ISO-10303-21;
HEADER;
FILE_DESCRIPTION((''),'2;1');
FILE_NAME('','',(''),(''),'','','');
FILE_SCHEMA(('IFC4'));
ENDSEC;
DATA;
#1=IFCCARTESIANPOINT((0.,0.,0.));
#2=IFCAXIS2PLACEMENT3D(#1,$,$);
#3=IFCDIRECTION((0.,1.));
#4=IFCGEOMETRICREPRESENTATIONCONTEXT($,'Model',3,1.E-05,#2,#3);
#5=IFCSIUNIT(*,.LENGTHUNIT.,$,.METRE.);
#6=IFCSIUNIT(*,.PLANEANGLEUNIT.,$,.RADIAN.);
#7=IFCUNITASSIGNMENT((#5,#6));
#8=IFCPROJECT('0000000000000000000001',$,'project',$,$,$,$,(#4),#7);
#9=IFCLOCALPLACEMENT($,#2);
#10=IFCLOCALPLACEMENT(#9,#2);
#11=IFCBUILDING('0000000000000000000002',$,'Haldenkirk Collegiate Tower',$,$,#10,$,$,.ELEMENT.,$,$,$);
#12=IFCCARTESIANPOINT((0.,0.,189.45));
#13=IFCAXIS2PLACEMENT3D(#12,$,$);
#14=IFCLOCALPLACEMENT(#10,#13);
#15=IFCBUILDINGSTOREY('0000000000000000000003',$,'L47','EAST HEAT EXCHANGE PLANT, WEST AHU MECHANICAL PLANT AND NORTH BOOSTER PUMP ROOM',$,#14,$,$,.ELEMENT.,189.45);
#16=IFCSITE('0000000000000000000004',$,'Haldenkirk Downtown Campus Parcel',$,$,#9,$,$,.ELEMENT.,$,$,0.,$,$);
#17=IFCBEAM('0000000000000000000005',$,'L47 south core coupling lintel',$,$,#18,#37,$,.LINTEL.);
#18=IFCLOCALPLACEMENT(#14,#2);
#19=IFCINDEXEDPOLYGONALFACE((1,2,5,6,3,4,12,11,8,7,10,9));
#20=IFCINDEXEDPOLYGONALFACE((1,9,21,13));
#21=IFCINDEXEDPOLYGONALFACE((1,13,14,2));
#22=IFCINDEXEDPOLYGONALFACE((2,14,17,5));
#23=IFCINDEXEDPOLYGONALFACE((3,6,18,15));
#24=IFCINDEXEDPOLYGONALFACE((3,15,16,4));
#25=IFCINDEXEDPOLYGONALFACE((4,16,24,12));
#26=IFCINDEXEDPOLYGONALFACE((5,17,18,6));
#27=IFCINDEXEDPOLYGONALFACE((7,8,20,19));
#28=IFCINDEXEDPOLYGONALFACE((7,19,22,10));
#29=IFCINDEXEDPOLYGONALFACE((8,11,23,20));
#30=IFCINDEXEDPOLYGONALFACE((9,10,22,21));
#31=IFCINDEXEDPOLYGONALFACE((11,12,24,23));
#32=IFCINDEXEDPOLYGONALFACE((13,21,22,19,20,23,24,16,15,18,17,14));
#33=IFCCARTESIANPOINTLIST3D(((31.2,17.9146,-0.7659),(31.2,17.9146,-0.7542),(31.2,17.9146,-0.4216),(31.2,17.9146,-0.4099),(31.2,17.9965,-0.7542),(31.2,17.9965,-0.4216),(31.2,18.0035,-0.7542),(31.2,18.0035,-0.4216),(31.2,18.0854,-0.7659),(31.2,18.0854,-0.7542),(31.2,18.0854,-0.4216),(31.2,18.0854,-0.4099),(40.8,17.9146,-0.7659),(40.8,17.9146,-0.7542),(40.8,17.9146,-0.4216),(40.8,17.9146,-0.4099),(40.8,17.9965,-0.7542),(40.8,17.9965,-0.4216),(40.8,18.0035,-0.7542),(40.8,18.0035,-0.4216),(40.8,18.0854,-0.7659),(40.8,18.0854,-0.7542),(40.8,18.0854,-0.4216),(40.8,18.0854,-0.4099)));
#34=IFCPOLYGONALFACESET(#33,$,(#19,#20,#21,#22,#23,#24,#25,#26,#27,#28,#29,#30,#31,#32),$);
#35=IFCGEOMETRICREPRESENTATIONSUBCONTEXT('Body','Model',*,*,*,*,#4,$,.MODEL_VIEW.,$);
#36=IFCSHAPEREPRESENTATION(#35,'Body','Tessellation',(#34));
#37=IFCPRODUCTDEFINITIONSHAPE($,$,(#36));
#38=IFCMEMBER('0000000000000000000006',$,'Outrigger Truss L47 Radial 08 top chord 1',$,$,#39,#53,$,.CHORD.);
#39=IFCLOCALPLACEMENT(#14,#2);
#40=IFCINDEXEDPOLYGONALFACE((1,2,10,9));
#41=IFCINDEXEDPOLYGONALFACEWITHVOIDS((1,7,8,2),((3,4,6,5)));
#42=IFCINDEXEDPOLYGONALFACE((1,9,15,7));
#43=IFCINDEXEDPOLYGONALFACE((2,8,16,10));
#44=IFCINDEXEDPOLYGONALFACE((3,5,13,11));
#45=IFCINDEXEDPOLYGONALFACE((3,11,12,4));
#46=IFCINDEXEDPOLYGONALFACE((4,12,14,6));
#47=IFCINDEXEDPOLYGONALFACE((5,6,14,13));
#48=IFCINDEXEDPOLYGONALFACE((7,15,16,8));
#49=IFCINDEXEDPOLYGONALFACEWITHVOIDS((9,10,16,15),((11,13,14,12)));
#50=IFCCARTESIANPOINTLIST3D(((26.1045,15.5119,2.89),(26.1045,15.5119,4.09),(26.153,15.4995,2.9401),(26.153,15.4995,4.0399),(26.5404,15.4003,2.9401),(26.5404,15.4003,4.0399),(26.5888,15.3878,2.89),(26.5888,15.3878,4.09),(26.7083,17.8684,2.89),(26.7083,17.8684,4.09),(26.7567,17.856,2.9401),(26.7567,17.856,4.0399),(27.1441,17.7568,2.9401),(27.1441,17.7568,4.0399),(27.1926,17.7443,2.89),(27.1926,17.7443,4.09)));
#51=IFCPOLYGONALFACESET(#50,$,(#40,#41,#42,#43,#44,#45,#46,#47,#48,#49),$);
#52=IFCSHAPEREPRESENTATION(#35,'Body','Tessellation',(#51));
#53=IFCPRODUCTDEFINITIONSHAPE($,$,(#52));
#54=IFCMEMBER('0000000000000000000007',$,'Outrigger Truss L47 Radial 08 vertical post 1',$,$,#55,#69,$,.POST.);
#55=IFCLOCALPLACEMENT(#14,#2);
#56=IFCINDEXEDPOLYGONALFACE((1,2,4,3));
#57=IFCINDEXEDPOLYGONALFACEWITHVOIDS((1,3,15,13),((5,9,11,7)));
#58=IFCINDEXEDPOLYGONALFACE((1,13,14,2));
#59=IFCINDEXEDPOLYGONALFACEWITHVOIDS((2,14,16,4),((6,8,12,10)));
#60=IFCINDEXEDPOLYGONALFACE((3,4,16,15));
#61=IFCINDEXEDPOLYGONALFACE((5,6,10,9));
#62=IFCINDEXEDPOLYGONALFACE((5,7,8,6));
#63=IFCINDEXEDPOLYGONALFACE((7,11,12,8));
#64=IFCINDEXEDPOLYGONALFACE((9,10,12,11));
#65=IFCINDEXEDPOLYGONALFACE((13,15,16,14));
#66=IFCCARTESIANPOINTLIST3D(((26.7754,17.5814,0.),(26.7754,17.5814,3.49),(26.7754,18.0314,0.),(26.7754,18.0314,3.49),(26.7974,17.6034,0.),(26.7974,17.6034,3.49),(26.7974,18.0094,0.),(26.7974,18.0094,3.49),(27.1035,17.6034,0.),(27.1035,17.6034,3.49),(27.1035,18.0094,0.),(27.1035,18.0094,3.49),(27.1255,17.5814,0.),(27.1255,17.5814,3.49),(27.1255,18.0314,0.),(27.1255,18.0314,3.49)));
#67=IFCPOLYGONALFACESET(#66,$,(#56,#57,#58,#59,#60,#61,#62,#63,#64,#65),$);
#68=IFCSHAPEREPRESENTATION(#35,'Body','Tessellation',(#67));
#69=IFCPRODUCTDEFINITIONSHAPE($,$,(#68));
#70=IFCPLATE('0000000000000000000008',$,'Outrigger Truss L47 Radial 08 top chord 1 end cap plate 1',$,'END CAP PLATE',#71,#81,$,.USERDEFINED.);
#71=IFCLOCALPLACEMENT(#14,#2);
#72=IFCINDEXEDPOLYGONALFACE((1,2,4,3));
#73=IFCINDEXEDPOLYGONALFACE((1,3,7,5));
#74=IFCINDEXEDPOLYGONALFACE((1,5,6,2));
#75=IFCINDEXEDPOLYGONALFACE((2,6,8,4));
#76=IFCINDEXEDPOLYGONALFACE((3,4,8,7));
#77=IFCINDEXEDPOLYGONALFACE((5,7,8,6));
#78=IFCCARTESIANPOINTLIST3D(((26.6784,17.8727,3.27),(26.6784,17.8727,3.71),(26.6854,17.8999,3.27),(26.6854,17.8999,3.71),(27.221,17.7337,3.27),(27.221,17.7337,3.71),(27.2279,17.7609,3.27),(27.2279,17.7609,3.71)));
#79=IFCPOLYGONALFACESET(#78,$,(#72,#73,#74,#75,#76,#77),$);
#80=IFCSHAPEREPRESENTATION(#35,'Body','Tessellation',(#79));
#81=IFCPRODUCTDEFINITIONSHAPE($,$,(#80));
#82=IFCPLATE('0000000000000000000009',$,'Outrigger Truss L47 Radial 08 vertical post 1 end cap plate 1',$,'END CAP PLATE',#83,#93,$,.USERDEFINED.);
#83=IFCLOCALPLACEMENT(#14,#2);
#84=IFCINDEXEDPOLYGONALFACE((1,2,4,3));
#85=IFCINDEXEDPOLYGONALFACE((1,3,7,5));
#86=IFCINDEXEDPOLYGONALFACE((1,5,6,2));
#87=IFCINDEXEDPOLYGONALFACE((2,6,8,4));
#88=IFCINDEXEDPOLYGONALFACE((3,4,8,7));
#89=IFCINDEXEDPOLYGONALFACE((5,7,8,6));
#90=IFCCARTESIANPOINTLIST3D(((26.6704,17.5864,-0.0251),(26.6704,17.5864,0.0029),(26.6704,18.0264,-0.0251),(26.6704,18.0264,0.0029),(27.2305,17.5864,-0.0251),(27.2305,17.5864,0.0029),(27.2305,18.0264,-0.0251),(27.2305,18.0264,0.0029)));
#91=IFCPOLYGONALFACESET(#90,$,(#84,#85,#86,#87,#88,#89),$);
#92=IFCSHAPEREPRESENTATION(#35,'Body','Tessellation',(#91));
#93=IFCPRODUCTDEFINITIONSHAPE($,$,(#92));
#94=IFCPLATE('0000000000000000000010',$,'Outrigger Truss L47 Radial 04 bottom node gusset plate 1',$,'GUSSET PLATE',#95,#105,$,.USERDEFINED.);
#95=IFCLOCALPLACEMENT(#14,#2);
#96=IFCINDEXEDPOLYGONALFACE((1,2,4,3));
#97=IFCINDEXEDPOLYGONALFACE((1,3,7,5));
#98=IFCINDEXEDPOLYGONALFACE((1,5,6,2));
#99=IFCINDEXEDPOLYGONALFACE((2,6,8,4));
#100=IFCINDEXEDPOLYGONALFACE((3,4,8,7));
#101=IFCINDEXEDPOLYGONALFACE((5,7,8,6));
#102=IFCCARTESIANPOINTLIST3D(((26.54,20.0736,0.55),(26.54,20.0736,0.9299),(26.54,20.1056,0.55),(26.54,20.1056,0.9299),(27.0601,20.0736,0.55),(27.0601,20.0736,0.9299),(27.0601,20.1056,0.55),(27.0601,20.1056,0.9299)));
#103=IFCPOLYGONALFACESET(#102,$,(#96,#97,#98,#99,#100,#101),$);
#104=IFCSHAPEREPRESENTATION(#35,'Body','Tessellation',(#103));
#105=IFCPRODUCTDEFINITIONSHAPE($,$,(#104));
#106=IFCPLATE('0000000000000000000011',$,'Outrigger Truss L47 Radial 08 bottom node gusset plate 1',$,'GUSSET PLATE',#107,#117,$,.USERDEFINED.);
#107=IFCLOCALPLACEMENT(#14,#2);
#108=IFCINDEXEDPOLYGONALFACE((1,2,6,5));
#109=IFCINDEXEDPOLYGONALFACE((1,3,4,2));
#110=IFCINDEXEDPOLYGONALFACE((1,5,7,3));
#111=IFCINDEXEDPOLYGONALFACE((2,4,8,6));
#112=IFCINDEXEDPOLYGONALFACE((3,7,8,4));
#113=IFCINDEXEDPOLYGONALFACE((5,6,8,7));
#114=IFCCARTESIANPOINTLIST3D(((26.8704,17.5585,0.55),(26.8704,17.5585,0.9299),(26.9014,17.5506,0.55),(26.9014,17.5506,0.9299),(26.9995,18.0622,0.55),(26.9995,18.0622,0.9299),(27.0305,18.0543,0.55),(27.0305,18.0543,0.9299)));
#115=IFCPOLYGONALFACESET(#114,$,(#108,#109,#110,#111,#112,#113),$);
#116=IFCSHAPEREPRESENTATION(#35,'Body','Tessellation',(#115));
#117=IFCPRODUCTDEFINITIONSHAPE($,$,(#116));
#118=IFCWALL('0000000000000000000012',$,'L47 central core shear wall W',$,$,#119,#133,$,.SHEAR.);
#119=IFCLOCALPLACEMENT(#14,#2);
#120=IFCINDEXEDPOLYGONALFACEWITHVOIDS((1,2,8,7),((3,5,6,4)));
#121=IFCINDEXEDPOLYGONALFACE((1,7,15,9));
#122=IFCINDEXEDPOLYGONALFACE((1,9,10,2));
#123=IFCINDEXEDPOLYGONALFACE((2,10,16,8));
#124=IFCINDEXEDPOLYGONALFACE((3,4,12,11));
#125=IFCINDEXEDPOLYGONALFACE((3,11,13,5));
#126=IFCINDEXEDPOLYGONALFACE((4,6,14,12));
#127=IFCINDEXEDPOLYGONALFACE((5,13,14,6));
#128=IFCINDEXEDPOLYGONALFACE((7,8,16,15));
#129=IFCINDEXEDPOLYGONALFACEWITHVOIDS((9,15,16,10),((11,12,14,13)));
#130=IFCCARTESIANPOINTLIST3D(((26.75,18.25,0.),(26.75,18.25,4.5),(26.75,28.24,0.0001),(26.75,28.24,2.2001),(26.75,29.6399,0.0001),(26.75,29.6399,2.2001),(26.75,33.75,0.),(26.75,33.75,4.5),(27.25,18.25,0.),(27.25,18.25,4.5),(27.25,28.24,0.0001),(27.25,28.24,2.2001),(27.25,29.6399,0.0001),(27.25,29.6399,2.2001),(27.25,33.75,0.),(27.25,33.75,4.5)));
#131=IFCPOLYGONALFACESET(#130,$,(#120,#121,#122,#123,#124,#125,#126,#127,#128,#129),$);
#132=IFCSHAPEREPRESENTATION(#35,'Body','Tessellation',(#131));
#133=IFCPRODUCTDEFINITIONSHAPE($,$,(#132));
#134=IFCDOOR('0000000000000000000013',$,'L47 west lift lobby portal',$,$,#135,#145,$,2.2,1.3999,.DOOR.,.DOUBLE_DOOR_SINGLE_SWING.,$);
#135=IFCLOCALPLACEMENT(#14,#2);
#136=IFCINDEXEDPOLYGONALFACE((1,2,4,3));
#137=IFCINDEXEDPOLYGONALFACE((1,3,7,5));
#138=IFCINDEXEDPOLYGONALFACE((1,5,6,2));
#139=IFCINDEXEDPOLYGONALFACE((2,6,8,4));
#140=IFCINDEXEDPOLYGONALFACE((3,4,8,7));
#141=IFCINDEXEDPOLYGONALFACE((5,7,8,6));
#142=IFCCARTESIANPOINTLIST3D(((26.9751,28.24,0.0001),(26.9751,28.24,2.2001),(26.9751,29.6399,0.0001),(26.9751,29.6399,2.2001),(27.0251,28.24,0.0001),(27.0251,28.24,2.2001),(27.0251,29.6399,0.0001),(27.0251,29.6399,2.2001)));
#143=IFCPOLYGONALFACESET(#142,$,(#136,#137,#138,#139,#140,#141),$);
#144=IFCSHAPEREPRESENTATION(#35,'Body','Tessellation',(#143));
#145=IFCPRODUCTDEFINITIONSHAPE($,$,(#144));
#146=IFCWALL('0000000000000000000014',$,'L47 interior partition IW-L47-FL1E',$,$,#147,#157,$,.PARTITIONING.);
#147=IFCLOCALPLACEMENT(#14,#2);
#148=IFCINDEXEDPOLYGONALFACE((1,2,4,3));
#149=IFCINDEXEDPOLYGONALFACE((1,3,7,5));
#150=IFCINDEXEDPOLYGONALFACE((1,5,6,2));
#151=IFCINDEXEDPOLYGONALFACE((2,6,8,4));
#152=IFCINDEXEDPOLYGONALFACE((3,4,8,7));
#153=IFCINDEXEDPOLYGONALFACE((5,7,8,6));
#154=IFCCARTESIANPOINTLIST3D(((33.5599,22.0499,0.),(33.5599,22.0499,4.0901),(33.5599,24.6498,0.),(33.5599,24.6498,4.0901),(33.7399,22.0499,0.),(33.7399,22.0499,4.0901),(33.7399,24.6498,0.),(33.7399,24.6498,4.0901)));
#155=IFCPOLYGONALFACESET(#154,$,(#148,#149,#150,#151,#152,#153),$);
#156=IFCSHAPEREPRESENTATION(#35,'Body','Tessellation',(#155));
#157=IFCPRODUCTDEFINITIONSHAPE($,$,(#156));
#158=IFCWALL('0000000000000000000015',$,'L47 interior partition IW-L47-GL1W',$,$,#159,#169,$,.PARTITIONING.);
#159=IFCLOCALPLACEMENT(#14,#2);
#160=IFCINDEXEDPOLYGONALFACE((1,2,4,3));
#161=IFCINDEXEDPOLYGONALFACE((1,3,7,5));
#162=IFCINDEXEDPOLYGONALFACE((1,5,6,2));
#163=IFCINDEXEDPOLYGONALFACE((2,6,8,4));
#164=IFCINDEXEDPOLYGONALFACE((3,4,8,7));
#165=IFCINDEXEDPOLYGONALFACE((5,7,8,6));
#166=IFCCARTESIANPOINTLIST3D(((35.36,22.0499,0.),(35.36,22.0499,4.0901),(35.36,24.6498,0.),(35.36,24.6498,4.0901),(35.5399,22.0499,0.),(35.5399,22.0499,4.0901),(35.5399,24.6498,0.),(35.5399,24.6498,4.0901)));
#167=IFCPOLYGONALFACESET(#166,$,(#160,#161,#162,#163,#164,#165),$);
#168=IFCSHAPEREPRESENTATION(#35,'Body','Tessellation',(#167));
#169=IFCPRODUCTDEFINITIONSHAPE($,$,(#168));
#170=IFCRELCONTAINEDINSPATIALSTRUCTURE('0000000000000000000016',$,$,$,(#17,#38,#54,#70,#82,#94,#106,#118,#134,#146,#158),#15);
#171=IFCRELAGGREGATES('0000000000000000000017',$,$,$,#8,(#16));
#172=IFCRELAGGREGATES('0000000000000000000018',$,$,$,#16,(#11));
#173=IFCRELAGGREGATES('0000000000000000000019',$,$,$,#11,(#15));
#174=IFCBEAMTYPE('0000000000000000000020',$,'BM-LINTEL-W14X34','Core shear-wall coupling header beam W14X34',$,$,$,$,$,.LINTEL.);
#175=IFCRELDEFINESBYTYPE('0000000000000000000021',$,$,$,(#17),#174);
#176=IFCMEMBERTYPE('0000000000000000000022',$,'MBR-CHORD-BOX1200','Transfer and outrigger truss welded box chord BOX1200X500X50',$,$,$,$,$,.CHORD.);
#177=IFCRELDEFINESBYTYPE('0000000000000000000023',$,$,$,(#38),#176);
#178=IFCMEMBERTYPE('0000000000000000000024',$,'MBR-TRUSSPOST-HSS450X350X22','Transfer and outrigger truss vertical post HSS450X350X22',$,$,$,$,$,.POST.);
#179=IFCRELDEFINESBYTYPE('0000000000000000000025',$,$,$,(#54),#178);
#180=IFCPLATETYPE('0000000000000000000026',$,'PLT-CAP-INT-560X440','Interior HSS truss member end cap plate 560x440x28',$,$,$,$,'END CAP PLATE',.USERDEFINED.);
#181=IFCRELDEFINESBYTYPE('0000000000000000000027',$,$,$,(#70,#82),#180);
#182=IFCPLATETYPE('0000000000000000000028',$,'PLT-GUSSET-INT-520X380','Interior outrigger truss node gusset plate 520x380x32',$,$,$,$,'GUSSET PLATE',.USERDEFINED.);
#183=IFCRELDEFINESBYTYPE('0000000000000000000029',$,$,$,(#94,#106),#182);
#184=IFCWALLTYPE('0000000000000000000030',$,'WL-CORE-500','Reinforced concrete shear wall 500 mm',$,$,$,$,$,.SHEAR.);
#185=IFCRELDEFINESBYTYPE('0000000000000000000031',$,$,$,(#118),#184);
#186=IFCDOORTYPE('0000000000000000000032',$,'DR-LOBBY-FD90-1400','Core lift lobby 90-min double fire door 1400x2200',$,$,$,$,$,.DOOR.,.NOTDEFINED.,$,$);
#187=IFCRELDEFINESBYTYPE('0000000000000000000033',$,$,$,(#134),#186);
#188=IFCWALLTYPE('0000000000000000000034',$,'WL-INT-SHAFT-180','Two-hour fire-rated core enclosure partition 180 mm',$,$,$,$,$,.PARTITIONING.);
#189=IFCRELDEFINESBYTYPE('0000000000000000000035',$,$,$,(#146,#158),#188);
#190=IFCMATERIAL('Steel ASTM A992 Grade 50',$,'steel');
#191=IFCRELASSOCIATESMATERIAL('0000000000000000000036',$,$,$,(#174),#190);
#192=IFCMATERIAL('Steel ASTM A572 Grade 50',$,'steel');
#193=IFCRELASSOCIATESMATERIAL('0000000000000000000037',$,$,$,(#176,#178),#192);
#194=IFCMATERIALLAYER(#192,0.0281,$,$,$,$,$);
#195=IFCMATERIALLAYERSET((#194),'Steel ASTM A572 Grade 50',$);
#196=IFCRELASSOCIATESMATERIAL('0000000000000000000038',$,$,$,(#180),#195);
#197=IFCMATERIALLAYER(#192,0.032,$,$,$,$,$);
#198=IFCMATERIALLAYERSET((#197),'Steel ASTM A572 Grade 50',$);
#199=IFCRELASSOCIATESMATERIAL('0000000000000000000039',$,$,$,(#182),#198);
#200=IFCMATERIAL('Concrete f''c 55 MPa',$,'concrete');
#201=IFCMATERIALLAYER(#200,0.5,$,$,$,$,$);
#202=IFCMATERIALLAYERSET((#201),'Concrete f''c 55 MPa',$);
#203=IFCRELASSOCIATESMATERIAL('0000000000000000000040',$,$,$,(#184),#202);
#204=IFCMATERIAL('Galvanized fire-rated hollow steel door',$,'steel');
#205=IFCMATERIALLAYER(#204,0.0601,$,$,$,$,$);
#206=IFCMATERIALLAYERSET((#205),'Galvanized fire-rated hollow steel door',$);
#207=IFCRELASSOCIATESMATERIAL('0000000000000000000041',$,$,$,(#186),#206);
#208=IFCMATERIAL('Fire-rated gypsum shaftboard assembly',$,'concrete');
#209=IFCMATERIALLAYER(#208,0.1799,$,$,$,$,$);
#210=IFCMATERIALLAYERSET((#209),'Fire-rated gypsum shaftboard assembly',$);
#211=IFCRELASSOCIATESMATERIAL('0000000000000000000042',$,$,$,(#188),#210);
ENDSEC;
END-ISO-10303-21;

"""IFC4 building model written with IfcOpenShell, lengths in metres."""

from ifc_helpers import new_model, si_unit, direction, frame, frame_2d, origin, origin_2d, place, context, subcontext, project, spatial, rectangle, hollow_rectangle, i_section, extrude, source, transform, mapped, material, layer, layer_set, material_profile, profile_set, type_object, element, fill, save


model = new_model("IFC4")

# Units and contexts
model_context = context("Model", 3, precision=1e-05, world=origin(), true_north=direction((0.0, 1.0)))
body_context = subcontext(model_context, "Body", "Model", "MODEL_VIEW")
ifc_project = project(units=[si_unit("LENGTHUNIT", "METRE"), si_unit("PLANEANGLEUNIT", "RADIAN")], contexts=[model_context])

# Site, building, storey
site_placement = place(None, origin())
site = spatial("IfcSite", under=ifc_project, at=site_placement, Name="Haldenkirk Downtown Campus Parcel", CompositionType="ELEMENT", RefElevation=0.0)
building_placement = place(site_placement, origin())
building = spatial("IfcBuilding", under=site, at=building_placement, Name="Haldenkirk Collegiate Tower", CompositionType="ELEMENT")
storey_placement = place(building_placement, frame((0.0, 0.0, 189.45)))
storey = spatial("IfcBuildingStorey", under=building, at=storey_placement, Name="L47", Description="EAST HEAT EXCHANGE PLANT, WEST AHU MECHANICAL PLANT AND NORTH BOOSTER PUMP ROOM", CompositionType="ELEMENT", Elevation=189.45)

# Beam
ifc_material_1 = material(Name="Steel ASTM A992 Grade 50", Category="steel")
ifc_material_profile_1 = material_profile(ifc_material_1, i_section(OverallWidth=0.1709, OverallDepth=0.356, WebThickness=0.0071, FlangeThickness=0.0117, at=origin_2d()), Name="W14X34")
ifc_profile_set_1 = profile_set([ifc_material_profile_1], Name="Steel ASTM A992 Grade 50")
beam_type = type_object("IfcBeamType", Name="BM-LINTEL-W14X34", Description="Core shear-wall coupling header beam W14X34", PredefinedType="LINTEL", material=ifc_profile_set_1)
beam_placement = place(storey_placement, frame((31.2, 18.0, -0.5879), z_axis=(1.0, 0.0, 0.0), x_axis=(0.0, 1.0, 0.0)))
element("IfcBeam", 1, at=beam_placement, inside=storey, type_object=beam_type, Name="L47 south core coupling lintel", PredefinedType="LINTEL", context=body_context, shape_type="SweptSolid", body=[
    extrude(i_section(OverallWidth=0.1709, OverallDepth=0.356, WebThickness=0.0071, FlangeThickness=0.0117, at=origin_2d()), origin(), (0.0, 0.0, 1.0), 9.6001),
])

# Members
ifc_material_2 = material(Name="Steel ASTM A572 Grade 50", Category="steel")
ifc_material_profile_2 = material_profile(ifc_material_2, hollow_rectangle(XDim=0.5, YDim=1.2, WallThickness=0.05, at=origin_2d()), Name="BOX1200X500X50")
ifc_profile_set_2 = profile_set([ifc_material_profile_2], Name="Steel ASTM A572 Grade 50")
member_type_1 = type_object("IfcMemberType", Name="MBR-CHORD-BOX1200", Description="Transfer and outrigger truss welded box chord BOX1200X500X50", PredefinedType="CHORD", material=ifc_profile_set_2)
member_1_placement = place(storey_placement, frame((26.9504, 17.8064, 3.49), z_axis=(-0.248199, -0.968709, 0.0), x_axis=(0.968709, -0.248199, 0.0)))
element("IfcMember", 2, at=member_1_placement, inside=storey, type_object=member_type_1, Name="Outrigger Truss L47 Radial 08 top chord 1", PredefinedType="CHORD", context=body_context, shape_type="SweptSolid", body=[
    extrude(hollow_rectangle(XDim=0.5, YDim=1.2, WallThickness=0.05, at=origin_2d()), origin(), (0.0, 0.0, 1.0), 2.4326),
])
ifc_material_profile_3 = material_profile(ifc_material_2, hollow_rectangle(XDim=0.3501, YDim=0.45, WallThickness=0.022, at=origin_2d()), Name="HSS450X350X22")
ifc_profile_set_3 = profile_set([ifc_material_profile_3], Name="Steel ASTM A572 Grade 50")
member_type_2 = type_object("IfcMemberType", Name="MBR-TRUSSPOST-HSS450X350X22", Description="Transfer and outrigger truss vertical post HSS450X350X22", PredefinedType="POST", material=ifc_profile_set_3)
member_2_placement = place(storey_placement, frame((26.9504, 17.8064, 0.0), z_axis=(0.0, 0.0, 1.0), x_axis=(1.0, 0.0, 0.0)))
element("IfcMember", 3, at=member_2_placement, inside=storey, type_object=member_type_2, Name="Outrigger Truss L47 Radial 08 vertical post 1", PredefinedType="POST", context=body_context, shape_type="SweptSolid", body=[
    extrude(hollow_rectangle(XDim=0.3501, YDim=0.45, WallThickness=0.022, at=origin_2d()), origin(), (0.0, 0.0, 1.0), 3.49),
])

# Plates
ifc_layer_1 = layer(ifc_material_2, 0.0281)
ifc_layer_set_1 = layer_set([ifc_layer_1], Name="Steel ASTM A572 Grade 50")
plate_type_1 = type_object("IfcPlateType", Name="PLT-CAP-INT-560X440", Description="Interior HSS truss member end cap plate 560x440x28", ElementType="END CAP PLATE", PredefinedType="USERDEFINED", material=ifc_layer_set_1)
shared_shape_1 = source(origin(), body_context, "Body", "SweptSolid", [
    extrude(rectangle(XDim=0.5601, YDim=0.4399, at=origin_2d()), origin(), (0.0, 0.0, 1.0), 0.0281),
])
for number, where, z_axis, x_axis, name in (
    (4, (26.9497, 17.8032, 3.49), (0.24819, 0.968711, 0.0), (-0.968711, 0.24819, 0.0), "Outrigger Truss L47 Radial 08 top chord 1 end cap plate 1"),
    (5, (26.9504, 17.8064, 0.0029), (0.0, 0.0, -1.0), (1.0, 0.0, 0.0), "Outrigger Truss L47 Radial 08 vertical post 1 end cap plate 1"),
):
    element("IfcPlate", number, at=place(storey_placement, frame(where, z_axis=z_axis, x_axis=x_axis)), inside=storey, type_object=plate_type_1, Name=name, ObjectType="END CAP PLATE", PredefinedType="USERDEFINED", context=body_context, shape_type="MappedRepresentation", body=[
        mapped(shared_shape_1, transform((0.0, 0.0, 0.0), x_axis=(1.0, 0.0, 0.0), y_axis=(0.0, 1.0, 0.0), z_axis=(0.0, 0.0, 1.0), scale=1.0)),
    ])
ifc_layer_2 = layer(ifc_material_2, 0.032)
ifc_layer_set_2 = layer_set([ifc_layer_2], Name="Steel ASTM A572 Grade 50")
plate_type_2 = type_object("IfcPlateType", Name="PLT-GUSSET-INT-520X380", Description="Interior outrigger truss node gusset plate 520x380x32", ElementType="GUSSET PLATE", PredefinedType="USERDEFINED", material=ifc_layer_set_2)
shared_shape_2 = source(origin(), body_context, "Body", "SweptSolid", [
    extrude(rectangle(XDim=0.52, YDim=0.032, at=origin_2d()), origin(), (0.0, 0.0, 1.0), 0.3799),
])
for number, where, z_axis, x_axis, name in (
    (6, (26.8, 20.0896, 0.55), (0.0, 0.0, 1.0), (-1.0, 0.0, 0.0), "Outrigger Truss L47 Radial 04 bottom node gusset plate 1"),
    (7, (26.9504, 17.8064, 0.55), (0.0, 0.0, 1.0), (-0.248208, -0.968707, 0.0), "Outrigger Truss L47 Radial 08 bottom node gusset plate 1"),
):
    element("IfcPlate", number, at=place(storey_placement, frame(where, z_axis=z_axis, x_axis=x_axis)), inside=storey, type_object=plate_type_2, Name=name, ObjectType="GUSSET PLATE", PredefinedType="USERDEFINED", context=body_context, shape_type="MappedRepresentation", body=[
        mapped(shared_shape_2, transform((0.0, 0.0, 0.0), x_axis=(1.0, 0.0, 0.0), y_axis=(0.0, 1.0, 0.0), z_axis=(0.0, 0.0, 1.0), scale=1.0)),
    ])

# Wall, opening, door
ifc_material_3 = material(Name="Concrete f'c 55 MPa", Category="concrete")
ifc_layer_3 = layer(ifc_material_3, 0.5)
ifc_layer_set_3 = layer_set([ifc_layer_3], Name="Concrete f'c 55 MPa")
wall_type_1 = type_object("IfcWallType", Name="WL-CORE-500", Description="Reinforced concrete shear wall 500 mm", PredefinedType="SHEAR", material=ifc_layer_set_3)
wall_1_placement = place(storey_placement, frame((27.0, 18.25, 0.0), z_axis=(0.0, 0.0, 1.0), x_axis=(0.0, 1.0, 0.0)))
wall_1 = element("IfcWall", 8, at=wall_1_placement, inside=storey, type_object=wall_type_1, Name="L47 central core shear wall W", PredefinedType="SHEAR", context=body_context, shape_type="SweptSolid", body=[
    extrude(rectangle(XDim=15.5, YDim=0.5, at=frame_2d((7.75, 0.0))), origin(), (0.0, 0.0, 1.0), 4.5),
])
opening_1_placement = place(wall_1_placement, frame((9.99, 0.0, 0.0)))
opening_1 = element("IfcOpeningElement", 9, at=opening_1_placement, cuts=wall_1, PredefinedType="OPENING", context=body_context, shape_type="SweptSolid", body=[
    extrude(rectangle(XDim=1.3999, YDim=2.2, at=frame_2d((0.7, 1.1001))), frame((0.0, 0.26, 0.0), z_axis=(0.0, -1.0, 0.0), x_axis=(1.0, 0.0, 0.0)), (0.0, 0.0, 1.0), 0.52),
])
ifc_material_4 = material(Name="Galvanized fire-rated hollow steel door", Category="steel")
ifc_layer_4 = layer(ifc_material_4, 0.0601)
ifc_layer_set_4 = layer_set([ifc_layer_4], Name="Galvanized fire-rated hollow steel door")
door_type_1 = type_object("IfcDoorType", Name="DR-LOBBY-FD90-1400", Description="Core lift lobby 90-min double fire door 1400x2200", OperationType="NOTDEFINED", PredefinedType="DOOR", material=ifc_layer_set_4)
door_1_placement = place(opening_1_placement, origin())
door_1 = element("IfcDoor", 10, at=door_1_placement, inside=storey, type_object=door_type_1, Name="L47 west lift lobby portal", OperationType="DOUBLE_DOOR_SINGLE_SWING", OverallHeight=2.2, OverallWidth=1.3999, PredefinedType="DOOR", context=body_context, shape_type="SweptSolid", body=[
    extrude(rectangle(XDim=1.3999, YDim=2.2, at=frame_2d((0.7, 1.1001))), frame((0.0, 0.0249, 0.0), z_axis=(0.0, -1.0, 0.0), x_axis=(1.0, 0.0, 0.0)), (0.0, 0.0, 1.0), 0.05),
])
fill(opening_1, door_1)

# Walls
ifc_material_5 = material(Name="Fire-rated gypsum shaftboard assembly", Category="concrete")
ifc_layer_5 = layer(ifc_material_5, 0.1799)
ifc_layer_set_5 = layer_set([ifc_layer_5], Name="Fire-rated gypsum shaftboard assembly")
wall_type_2 = type_object("IfcWallType", Name="WL-INT-SHAFT-180", Description="Two-hour fire-rated core enclosure partition 180 mm", PredefinedType="PARTITIONING", material=ifc_layer_set_5)
for number, where, z_axis, x_axis, name in (
    (11, (33.6499, 22.05, 0.0), (0.0, 0.0, 1.0), (0.0, 1.0, 0.0), "L47 interior partition IW-L47-FL1E"),
    (12, (35.45, 22.05, 0.0), (0.0, 0.0, 1.0), (0.0, 1.0, 0.0), "L47 interior partition IW-L47-GL1W"),
):
    element("IfcWall", number, at=place(storey_placement, frame(where, z_axis=z_axis, x_axis=x_axis)), inside=storey, type_object=wall_type_2, Name=name, PredefinedType="PARTITIONING", context=body_context, shape_type="SweptSolid", body=[
        extrude(rectangle(XDim=2.5999, YDim=0.1799, at=frame_2d((1.2998, 0.0))), origin(), (0.0, 0.0, 1.0), 4.0901),
    ])

save(model, "model.ifc")
